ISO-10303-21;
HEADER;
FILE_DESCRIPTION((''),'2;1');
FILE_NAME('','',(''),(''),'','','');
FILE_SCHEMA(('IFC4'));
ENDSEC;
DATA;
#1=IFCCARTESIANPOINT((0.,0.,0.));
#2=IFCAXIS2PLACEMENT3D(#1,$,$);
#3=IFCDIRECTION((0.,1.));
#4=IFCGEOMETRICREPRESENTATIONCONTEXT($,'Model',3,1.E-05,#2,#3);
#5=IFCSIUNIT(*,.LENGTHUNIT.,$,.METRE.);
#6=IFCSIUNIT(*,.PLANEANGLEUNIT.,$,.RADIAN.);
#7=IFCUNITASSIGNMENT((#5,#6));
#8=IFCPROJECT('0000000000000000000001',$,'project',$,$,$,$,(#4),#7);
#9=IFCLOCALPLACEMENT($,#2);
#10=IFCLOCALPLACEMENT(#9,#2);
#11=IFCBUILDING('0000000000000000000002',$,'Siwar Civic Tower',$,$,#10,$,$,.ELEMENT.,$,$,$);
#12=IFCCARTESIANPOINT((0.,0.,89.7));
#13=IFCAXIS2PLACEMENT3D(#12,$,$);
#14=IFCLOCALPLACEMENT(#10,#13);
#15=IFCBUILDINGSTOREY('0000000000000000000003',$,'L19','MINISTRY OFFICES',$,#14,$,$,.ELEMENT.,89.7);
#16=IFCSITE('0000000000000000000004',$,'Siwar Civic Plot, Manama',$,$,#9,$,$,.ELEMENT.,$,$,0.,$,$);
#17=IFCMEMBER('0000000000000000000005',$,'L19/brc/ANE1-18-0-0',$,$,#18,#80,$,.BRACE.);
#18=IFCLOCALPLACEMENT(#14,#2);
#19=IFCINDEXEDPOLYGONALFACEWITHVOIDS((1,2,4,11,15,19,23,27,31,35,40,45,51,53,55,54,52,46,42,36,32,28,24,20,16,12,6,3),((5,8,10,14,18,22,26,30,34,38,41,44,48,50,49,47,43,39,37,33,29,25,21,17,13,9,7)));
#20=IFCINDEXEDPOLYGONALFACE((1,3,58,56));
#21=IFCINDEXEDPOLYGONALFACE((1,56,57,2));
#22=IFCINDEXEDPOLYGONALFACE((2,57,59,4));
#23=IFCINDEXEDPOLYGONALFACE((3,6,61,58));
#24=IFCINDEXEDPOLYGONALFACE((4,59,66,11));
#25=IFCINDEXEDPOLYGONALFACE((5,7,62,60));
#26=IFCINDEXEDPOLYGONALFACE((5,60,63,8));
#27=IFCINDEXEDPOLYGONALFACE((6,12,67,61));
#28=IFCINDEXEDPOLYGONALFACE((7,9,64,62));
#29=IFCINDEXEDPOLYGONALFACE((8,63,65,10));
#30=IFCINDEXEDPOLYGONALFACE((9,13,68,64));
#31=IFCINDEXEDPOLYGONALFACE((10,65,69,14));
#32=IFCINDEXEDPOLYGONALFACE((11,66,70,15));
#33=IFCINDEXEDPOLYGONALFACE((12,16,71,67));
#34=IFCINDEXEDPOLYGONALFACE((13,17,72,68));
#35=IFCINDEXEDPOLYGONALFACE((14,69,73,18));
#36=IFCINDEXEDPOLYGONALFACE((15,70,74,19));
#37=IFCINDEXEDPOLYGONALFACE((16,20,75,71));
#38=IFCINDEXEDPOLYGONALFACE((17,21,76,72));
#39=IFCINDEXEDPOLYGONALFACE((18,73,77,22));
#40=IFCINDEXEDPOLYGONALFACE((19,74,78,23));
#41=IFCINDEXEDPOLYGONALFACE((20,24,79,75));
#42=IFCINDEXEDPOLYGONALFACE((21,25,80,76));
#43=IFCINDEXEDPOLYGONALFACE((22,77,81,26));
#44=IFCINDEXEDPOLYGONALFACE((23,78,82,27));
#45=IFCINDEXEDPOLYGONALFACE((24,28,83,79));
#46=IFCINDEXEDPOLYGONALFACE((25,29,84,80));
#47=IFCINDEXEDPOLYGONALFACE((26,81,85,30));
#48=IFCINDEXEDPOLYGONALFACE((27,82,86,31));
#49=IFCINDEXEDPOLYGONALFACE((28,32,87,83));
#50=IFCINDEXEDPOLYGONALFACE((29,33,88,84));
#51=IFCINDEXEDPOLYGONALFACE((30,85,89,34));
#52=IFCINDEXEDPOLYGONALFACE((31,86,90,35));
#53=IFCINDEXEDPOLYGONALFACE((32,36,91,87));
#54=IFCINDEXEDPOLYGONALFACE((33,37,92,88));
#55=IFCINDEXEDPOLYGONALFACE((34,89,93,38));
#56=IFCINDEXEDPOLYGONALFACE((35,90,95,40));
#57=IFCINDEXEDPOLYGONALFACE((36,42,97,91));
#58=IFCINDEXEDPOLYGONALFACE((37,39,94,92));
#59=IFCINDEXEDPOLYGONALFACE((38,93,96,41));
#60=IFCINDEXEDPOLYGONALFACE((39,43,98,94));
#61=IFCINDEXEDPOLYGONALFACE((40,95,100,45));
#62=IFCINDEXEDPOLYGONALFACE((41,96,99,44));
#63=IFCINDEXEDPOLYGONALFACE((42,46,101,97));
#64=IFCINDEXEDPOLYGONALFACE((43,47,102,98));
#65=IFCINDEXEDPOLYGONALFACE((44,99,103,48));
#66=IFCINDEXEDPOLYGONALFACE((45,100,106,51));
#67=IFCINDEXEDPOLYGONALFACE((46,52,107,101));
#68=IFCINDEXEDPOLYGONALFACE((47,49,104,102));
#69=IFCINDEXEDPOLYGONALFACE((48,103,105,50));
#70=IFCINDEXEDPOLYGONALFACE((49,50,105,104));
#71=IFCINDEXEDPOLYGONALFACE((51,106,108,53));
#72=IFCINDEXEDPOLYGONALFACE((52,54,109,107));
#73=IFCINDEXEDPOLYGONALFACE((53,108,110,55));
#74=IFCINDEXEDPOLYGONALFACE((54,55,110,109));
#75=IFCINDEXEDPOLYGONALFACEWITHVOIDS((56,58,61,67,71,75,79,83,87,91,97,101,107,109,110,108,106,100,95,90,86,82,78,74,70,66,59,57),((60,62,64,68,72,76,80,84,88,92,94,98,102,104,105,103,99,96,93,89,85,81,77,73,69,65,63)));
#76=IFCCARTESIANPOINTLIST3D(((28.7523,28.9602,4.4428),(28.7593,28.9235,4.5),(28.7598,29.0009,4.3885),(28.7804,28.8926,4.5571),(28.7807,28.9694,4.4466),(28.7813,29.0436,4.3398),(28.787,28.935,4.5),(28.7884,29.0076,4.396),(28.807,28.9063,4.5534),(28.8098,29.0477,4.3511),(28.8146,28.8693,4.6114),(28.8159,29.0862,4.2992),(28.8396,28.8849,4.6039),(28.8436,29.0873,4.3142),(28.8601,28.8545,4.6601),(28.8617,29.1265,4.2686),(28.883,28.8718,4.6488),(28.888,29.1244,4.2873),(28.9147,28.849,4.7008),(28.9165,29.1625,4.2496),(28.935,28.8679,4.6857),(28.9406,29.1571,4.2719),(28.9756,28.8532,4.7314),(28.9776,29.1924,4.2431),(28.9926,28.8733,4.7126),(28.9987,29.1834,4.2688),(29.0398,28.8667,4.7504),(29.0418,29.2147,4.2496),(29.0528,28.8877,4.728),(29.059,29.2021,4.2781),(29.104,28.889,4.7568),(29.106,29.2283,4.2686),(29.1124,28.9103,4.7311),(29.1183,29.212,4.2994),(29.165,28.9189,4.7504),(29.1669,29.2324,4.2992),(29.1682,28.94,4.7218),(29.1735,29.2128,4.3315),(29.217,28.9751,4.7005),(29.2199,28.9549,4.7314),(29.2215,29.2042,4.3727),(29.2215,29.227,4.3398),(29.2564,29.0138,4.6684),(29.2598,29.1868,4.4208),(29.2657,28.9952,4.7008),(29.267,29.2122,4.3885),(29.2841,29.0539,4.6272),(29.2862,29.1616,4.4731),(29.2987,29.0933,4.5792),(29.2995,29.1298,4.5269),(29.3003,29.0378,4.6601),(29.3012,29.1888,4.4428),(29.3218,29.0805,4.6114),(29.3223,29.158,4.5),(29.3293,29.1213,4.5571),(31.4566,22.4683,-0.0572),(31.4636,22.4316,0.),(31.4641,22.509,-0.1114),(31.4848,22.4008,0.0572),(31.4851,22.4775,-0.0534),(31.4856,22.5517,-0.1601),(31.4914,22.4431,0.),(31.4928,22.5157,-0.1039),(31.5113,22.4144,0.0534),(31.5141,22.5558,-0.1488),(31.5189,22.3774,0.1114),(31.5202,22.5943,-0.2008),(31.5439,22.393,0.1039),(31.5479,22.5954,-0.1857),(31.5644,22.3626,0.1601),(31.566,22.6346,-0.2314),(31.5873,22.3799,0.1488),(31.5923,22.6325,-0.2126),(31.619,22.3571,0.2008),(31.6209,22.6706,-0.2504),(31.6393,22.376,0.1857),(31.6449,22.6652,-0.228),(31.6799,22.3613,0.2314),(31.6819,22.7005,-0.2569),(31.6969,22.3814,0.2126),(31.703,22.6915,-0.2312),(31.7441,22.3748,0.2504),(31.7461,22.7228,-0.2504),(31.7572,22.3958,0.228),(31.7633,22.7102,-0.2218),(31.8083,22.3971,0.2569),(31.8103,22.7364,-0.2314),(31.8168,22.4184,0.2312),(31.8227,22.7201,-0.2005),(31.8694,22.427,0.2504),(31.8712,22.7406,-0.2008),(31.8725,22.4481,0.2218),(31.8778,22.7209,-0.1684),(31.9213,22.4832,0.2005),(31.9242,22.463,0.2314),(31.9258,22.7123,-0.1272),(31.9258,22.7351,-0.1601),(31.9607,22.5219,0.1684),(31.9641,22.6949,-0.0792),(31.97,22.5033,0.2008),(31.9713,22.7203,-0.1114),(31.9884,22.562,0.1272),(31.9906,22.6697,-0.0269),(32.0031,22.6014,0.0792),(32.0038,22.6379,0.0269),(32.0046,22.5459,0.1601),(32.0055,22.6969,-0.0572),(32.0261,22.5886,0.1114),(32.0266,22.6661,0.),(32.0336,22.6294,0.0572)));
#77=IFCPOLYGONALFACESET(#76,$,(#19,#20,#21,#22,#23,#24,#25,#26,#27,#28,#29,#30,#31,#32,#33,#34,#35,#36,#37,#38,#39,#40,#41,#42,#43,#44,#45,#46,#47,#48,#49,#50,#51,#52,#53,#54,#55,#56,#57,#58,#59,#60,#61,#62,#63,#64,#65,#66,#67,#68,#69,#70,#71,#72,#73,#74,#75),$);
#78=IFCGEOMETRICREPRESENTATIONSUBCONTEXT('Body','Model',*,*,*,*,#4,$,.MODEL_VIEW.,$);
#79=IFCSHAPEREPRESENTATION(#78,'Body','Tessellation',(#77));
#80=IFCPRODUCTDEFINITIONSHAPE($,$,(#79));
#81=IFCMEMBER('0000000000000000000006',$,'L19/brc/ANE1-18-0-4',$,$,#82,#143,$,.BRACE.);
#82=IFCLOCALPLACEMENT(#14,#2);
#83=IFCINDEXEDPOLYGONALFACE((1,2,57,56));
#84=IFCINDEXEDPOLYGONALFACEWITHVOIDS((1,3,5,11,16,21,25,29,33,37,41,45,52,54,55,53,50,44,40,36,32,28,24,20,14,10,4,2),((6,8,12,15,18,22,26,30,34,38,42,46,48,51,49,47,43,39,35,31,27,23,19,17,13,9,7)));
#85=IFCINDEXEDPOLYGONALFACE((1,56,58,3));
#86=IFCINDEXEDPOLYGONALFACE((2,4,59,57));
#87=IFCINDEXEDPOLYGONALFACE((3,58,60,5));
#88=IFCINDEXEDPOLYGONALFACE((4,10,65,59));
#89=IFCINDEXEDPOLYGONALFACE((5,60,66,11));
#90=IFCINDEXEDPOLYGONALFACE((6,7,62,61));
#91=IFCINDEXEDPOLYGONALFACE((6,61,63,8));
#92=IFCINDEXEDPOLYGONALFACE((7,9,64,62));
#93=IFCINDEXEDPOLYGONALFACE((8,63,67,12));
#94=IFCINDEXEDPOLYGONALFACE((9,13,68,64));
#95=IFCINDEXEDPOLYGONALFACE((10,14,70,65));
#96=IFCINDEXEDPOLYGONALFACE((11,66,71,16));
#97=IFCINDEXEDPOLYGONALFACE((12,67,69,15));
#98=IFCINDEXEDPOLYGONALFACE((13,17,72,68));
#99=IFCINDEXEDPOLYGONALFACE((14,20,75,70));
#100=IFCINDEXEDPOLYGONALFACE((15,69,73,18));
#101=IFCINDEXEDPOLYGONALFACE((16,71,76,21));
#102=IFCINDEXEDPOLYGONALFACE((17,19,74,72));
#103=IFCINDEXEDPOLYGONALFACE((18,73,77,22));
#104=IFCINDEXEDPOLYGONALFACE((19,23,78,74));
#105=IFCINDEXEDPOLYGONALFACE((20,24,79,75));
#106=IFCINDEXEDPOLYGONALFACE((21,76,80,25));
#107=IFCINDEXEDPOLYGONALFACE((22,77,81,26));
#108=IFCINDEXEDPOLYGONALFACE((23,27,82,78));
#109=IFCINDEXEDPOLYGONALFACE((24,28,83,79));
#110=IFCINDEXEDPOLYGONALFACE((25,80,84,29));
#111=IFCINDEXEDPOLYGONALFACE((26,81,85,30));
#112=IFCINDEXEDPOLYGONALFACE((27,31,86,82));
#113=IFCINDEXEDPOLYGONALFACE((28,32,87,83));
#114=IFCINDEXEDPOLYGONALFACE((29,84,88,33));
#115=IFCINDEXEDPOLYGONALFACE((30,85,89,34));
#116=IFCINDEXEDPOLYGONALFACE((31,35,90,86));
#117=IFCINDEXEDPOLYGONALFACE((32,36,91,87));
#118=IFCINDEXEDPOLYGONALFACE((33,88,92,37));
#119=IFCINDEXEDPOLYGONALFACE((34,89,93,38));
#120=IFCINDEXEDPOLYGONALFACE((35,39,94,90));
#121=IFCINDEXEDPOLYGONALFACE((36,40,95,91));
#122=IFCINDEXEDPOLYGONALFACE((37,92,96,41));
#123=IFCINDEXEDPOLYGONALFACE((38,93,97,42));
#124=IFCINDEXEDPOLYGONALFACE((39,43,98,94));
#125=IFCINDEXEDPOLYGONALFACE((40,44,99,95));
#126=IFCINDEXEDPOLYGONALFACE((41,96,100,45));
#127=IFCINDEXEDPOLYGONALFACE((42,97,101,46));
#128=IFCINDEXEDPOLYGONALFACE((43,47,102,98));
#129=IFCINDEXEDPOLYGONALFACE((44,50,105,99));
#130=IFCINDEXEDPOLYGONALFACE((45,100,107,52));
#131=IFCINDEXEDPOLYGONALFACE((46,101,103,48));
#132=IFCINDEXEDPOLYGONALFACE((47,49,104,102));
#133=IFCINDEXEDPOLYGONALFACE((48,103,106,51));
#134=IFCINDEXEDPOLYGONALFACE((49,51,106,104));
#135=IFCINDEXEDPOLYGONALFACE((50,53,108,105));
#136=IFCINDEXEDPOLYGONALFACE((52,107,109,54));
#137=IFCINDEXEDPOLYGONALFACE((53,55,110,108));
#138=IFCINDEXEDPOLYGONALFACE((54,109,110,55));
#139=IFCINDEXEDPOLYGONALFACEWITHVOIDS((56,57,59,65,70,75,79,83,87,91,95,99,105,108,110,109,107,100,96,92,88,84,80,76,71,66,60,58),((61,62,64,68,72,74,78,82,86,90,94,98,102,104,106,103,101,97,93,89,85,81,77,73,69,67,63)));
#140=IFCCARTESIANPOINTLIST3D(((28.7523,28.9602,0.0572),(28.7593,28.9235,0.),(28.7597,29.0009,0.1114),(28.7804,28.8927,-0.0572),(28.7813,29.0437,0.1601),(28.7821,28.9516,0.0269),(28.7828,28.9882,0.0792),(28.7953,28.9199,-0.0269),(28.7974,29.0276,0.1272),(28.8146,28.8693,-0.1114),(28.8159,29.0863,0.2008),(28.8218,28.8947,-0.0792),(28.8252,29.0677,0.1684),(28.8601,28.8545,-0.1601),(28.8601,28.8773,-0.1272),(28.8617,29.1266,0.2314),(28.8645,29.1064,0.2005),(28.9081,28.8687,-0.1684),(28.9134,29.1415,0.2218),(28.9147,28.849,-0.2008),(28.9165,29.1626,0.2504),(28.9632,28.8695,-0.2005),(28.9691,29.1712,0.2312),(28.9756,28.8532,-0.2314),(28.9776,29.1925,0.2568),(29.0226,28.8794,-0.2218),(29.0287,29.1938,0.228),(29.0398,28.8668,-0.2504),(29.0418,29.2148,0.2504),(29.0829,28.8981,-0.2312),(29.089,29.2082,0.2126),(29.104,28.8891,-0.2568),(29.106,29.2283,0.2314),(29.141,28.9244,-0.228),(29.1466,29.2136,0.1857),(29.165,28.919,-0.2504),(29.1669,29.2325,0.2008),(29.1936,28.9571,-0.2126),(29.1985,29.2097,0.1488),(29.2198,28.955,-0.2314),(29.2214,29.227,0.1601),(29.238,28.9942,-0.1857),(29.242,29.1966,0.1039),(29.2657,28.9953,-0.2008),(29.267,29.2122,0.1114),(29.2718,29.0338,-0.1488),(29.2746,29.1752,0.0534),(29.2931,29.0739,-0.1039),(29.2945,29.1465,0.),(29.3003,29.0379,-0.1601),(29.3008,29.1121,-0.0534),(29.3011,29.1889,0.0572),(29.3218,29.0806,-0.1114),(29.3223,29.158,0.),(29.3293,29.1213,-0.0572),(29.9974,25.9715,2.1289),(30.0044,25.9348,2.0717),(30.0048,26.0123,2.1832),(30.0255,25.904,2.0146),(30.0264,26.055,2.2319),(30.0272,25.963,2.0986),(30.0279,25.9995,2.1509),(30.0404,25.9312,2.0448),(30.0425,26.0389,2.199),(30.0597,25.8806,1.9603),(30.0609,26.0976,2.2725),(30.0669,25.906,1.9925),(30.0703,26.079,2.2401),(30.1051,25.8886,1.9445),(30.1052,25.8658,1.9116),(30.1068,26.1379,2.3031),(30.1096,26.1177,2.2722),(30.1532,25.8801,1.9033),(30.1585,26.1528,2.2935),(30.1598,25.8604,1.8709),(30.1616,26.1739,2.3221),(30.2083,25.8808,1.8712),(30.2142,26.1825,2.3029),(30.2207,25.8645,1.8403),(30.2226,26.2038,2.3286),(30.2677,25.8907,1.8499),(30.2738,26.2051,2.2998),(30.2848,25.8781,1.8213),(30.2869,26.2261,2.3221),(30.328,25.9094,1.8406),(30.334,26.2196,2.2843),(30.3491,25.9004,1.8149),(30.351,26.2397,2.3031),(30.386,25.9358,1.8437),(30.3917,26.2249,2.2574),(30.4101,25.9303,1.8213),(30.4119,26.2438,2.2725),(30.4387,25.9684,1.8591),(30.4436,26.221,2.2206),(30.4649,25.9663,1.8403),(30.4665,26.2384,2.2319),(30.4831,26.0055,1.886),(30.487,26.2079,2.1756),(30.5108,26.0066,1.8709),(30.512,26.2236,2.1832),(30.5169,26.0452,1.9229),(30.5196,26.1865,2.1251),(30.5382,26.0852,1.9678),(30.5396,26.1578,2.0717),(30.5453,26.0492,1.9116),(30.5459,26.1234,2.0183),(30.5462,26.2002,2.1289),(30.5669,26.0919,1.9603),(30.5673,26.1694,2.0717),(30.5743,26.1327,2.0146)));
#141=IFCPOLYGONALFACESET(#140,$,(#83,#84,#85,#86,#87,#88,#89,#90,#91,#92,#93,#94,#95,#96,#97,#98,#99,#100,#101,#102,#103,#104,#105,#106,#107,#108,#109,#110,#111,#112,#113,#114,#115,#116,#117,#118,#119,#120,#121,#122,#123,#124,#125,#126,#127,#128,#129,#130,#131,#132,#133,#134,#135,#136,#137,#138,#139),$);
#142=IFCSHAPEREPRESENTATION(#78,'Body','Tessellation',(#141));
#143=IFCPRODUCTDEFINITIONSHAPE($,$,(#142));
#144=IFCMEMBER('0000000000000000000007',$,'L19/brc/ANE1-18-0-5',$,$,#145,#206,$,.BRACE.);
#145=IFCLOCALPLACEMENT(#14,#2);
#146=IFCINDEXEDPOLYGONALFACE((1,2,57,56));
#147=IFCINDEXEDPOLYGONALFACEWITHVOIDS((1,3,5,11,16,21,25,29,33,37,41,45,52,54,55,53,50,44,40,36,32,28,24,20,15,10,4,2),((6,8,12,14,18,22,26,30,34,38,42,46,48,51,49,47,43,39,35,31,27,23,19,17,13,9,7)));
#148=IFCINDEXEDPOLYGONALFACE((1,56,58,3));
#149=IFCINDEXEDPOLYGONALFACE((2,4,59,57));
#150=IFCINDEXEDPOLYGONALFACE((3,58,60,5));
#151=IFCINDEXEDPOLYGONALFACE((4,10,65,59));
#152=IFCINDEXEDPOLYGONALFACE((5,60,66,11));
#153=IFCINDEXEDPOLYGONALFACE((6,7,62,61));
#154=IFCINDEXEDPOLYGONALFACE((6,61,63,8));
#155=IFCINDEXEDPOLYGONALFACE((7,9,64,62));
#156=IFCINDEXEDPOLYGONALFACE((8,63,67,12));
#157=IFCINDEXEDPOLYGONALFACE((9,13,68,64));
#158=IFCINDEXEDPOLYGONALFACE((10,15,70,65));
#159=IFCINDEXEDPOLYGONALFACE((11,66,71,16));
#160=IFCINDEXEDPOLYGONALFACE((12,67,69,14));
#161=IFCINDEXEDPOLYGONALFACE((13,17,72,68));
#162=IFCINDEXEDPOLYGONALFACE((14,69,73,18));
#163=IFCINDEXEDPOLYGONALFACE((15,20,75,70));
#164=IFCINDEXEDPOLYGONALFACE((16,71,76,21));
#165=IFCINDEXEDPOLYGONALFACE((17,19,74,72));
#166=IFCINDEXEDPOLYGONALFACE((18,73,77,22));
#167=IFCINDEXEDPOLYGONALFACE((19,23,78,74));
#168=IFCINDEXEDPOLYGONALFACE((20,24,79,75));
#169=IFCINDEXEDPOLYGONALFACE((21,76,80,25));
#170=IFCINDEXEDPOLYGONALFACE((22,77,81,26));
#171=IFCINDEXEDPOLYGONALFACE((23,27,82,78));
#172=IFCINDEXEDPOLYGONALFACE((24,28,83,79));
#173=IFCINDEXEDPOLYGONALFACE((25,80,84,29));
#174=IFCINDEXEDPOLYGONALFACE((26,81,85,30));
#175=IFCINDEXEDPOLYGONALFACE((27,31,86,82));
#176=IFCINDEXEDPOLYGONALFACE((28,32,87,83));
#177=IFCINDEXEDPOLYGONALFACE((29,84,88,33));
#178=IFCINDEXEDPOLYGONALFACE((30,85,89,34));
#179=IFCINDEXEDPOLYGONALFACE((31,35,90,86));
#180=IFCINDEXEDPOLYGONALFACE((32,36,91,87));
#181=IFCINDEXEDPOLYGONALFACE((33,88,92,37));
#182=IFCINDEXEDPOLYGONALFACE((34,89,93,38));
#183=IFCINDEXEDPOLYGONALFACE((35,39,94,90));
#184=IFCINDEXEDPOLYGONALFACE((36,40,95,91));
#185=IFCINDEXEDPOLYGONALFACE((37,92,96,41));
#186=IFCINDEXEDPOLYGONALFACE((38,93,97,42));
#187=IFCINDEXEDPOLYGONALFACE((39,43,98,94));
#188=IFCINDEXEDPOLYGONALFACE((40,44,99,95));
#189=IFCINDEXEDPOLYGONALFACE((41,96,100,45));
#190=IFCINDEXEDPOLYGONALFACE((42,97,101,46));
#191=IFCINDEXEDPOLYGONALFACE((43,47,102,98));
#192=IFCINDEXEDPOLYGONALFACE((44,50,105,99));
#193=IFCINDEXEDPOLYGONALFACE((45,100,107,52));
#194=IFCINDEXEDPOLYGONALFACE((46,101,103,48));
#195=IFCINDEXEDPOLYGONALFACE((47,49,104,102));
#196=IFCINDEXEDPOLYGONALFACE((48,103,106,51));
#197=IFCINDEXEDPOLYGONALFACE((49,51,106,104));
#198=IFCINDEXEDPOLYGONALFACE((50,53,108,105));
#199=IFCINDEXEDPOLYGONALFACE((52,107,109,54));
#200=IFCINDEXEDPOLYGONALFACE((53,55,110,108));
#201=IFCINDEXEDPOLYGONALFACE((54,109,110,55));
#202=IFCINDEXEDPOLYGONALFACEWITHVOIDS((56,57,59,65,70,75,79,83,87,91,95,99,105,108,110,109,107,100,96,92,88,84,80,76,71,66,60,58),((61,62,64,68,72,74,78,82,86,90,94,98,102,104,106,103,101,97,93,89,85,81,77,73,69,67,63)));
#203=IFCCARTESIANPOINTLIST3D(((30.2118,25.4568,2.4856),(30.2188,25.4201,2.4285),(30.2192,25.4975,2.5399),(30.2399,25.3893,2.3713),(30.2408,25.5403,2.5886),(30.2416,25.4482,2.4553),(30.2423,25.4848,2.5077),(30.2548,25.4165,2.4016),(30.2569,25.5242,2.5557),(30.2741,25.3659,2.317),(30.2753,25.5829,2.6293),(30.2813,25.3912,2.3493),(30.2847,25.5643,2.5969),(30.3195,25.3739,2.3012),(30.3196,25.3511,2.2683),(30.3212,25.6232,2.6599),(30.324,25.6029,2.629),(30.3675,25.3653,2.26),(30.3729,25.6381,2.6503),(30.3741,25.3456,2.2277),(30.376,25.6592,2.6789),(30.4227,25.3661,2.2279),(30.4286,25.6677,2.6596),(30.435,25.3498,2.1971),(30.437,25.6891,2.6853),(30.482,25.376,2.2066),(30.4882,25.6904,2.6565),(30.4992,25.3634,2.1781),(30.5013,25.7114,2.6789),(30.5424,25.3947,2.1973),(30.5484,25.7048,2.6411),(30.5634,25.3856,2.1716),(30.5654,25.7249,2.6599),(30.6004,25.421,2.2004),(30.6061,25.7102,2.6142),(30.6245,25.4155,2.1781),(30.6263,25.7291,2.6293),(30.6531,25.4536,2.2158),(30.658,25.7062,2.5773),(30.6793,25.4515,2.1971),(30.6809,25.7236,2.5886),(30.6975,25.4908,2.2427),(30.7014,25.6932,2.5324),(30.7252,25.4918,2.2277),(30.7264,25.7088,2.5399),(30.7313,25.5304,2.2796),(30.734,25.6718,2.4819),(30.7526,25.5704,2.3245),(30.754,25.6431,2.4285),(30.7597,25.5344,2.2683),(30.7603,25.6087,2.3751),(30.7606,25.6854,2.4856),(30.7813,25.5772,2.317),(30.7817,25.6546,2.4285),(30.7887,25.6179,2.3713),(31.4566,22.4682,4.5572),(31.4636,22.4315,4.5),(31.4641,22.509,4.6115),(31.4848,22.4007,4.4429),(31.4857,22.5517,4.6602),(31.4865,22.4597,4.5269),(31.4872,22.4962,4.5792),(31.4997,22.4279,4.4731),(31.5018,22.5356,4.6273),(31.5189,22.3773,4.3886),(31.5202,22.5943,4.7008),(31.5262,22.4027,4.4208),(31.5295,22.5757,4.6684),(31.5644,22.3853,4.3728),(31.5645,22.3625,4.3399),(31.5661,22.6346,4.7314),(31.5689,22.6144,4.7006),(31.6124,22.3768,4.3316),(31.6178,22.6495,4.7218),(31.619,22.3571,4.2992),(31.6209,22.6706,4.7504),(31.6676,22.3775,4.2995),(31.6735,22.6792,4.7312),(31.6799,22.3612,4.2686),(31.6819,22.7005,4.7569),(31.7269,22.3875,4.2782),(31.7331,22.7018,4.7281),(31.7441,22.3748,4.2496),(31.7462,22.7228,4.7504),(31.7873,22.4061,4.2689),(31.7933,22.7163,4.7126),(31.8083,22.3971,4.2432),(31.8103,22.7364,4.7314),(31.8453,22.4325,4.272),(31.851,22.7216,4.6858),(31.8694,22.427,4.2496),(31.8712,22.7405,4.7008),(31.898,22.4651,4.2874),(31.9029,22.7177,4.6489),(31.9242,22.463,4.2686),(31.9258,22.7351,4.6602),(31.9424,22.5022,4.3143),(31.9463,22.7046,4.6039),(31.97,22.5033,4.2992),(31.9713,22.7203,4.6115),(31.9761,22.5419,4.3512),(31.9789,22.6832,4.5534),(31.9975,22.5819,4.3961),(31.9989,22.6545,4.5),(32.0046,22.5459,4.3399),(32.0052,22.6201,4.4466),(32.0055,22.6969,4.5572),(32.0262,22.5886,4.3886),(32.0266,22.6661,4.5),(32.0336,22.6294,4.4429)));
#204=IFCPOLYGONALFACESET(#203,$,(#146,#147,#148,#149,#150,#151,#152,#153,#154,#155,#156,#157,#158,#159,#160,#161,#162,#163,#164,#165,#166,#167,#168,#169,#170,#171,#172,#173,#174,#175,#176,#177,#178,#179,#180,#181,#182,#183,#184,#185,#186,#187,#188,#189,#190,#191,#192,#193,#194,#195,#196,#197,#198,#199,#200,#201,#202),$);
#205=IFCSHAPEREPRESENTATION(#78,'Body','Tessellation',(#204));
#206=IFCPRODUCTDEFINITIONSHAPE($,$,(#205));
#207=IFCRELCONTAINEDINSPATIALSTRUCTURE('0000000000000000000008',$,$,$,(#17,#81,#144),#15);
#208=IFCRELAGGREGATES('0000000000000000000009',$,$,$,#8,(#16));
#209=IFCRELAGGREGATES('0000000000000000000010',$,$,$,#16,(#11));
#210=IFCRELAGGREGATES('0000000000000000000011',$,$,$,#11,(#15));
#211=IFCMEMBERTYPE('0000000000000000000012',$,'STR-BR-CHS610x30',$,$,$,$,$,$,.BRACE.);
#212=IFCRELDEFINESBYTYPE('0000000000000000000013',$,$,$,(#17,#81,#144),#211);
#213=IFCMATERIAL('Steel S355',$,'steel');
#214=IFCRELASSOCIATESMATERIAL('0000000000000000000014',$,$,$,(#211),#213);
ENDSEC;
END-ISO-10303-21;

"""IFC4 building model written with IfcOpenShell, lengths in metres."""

from ifc_helpers import new_model, si_unit, direction, frame, origin, origin_2d, place, context, subcontext, project, spatial, hollow_circle, extrude, material, material_profile, profile_set, type_object, element, save


model = new_model("IFC4")

# Units and contexts
model_context = context("Model", 3, precision=1e-05, world=origin(), true_north=direction((0.0, 1.0)))
body_context = subcontext(model_context, "Body", "Model", "MODEL_VIEW")
ifc_project = project(units=[si_unit("LENGTHUNIT", "METRE"), si_unit("PLANEANGLEUNIT", "RADIAN")], contexts=[model_context])

# Site, building, storey
site_placement = place(None, origin())
site = spatial("IfcSite", under=ifc_project, at=site_placement, Name="Siwar Civic Plot, Manama", CompositionType="ELEMENT", RefElevation=0.0)
building_placement = place(site_placement, origin())
building = spatial("IfcBuilding", under=site, at=building_placement, Name="Siwar Civic Tower", CompositionType="ELEMENT")
storey_placement = place(building_placement, frame((0.0, 0.0, 89.7)))
storey = spatial("IfcBuildingStorey", under=building, at=storey_placement, Name="L19", Description="MINISTRY OFFICES", CompositionType="ELEMENT", Elevation=89.7)

# Members
ifc_material_1 = material(Name="Steel S355", Category="steel")
ifc_material_profile_1 = material_profile(ifc_material_1, hollow_circle(Radius=0.3049, WallThickness=0.03, at=origin_2d()), Name="CHS610x30")
ifc_profile_set_1 = profile_set([ifc_material_profile_1], Name="Steel S355")
member_type_1 = type_object("IfcMemberType", Name="STR-BR-CHS610x30", PredefinedType="BRACE", material=ifc_profile_set_1)
member_1_placement = place(storey_placement, frame((31.7451, 22.5488, 0.0), z_axis=(-0.323906, 0.777555, 0.538975), x_axis=(-0.923109, -0.384539, 0.0)))
element("IfcMember", 1, at=member_1_placement, inside=storey, type_object=member_type_1, Name="L19/brc/ANE1-18-0-0", PredefinedType="BRACE", context=body_context, shape_type="SweptSolid", body=[
    extrude(hollow_circle(Radius=0.3049, WallThickness=0.03, at=origin_2d()), origin(), (0.0, 0.0, 1.0), 8.3491),
])
member_2_placement = place(storey_placement, frame((29.0408, 29.0408, 0.0), z_axis=(0.323923, -0.777542, 0.538982), x_axis=(0.923099, 0.384562, 0.0)))
element("IfcMember", 2, at=member_2_placement, inside=storey, type_object=member_type_1, Name="L19/brc/ANE1-18-0-4", PredefinedType="BRACE", context=body_context, shape_type="SweptSolid", body=[
    extrude(hollow_circle(Radius=0.3049, WallThickness=0.03, at=origin_2d()), origin(), (0.0, 0.0, 1.0), 3.8438),
])
member_3_placement = place(storey_placement, frame((30.5002, 25.5374, 2.4285), z_axis=(0.323893, -0.77756, 0.538975), x_axis=(0.923115, 0.384524, 0.0)))
element("IfcMember", 3, at=member_3_placement, inside=storey, type_object=member_type_1, Name="L19/brc/ANE1-18-0-5", PredefinedType="BRACE", context=body_context, shape_type="SweptSolid", body=[
    extrude(hollow_circle(Radius=0.3049, WallThickness=0.03, at=origin_2d()), origin(), (0.0, 0.0, 1.0), 3.8435),
])

save(model, "model.ifc")
